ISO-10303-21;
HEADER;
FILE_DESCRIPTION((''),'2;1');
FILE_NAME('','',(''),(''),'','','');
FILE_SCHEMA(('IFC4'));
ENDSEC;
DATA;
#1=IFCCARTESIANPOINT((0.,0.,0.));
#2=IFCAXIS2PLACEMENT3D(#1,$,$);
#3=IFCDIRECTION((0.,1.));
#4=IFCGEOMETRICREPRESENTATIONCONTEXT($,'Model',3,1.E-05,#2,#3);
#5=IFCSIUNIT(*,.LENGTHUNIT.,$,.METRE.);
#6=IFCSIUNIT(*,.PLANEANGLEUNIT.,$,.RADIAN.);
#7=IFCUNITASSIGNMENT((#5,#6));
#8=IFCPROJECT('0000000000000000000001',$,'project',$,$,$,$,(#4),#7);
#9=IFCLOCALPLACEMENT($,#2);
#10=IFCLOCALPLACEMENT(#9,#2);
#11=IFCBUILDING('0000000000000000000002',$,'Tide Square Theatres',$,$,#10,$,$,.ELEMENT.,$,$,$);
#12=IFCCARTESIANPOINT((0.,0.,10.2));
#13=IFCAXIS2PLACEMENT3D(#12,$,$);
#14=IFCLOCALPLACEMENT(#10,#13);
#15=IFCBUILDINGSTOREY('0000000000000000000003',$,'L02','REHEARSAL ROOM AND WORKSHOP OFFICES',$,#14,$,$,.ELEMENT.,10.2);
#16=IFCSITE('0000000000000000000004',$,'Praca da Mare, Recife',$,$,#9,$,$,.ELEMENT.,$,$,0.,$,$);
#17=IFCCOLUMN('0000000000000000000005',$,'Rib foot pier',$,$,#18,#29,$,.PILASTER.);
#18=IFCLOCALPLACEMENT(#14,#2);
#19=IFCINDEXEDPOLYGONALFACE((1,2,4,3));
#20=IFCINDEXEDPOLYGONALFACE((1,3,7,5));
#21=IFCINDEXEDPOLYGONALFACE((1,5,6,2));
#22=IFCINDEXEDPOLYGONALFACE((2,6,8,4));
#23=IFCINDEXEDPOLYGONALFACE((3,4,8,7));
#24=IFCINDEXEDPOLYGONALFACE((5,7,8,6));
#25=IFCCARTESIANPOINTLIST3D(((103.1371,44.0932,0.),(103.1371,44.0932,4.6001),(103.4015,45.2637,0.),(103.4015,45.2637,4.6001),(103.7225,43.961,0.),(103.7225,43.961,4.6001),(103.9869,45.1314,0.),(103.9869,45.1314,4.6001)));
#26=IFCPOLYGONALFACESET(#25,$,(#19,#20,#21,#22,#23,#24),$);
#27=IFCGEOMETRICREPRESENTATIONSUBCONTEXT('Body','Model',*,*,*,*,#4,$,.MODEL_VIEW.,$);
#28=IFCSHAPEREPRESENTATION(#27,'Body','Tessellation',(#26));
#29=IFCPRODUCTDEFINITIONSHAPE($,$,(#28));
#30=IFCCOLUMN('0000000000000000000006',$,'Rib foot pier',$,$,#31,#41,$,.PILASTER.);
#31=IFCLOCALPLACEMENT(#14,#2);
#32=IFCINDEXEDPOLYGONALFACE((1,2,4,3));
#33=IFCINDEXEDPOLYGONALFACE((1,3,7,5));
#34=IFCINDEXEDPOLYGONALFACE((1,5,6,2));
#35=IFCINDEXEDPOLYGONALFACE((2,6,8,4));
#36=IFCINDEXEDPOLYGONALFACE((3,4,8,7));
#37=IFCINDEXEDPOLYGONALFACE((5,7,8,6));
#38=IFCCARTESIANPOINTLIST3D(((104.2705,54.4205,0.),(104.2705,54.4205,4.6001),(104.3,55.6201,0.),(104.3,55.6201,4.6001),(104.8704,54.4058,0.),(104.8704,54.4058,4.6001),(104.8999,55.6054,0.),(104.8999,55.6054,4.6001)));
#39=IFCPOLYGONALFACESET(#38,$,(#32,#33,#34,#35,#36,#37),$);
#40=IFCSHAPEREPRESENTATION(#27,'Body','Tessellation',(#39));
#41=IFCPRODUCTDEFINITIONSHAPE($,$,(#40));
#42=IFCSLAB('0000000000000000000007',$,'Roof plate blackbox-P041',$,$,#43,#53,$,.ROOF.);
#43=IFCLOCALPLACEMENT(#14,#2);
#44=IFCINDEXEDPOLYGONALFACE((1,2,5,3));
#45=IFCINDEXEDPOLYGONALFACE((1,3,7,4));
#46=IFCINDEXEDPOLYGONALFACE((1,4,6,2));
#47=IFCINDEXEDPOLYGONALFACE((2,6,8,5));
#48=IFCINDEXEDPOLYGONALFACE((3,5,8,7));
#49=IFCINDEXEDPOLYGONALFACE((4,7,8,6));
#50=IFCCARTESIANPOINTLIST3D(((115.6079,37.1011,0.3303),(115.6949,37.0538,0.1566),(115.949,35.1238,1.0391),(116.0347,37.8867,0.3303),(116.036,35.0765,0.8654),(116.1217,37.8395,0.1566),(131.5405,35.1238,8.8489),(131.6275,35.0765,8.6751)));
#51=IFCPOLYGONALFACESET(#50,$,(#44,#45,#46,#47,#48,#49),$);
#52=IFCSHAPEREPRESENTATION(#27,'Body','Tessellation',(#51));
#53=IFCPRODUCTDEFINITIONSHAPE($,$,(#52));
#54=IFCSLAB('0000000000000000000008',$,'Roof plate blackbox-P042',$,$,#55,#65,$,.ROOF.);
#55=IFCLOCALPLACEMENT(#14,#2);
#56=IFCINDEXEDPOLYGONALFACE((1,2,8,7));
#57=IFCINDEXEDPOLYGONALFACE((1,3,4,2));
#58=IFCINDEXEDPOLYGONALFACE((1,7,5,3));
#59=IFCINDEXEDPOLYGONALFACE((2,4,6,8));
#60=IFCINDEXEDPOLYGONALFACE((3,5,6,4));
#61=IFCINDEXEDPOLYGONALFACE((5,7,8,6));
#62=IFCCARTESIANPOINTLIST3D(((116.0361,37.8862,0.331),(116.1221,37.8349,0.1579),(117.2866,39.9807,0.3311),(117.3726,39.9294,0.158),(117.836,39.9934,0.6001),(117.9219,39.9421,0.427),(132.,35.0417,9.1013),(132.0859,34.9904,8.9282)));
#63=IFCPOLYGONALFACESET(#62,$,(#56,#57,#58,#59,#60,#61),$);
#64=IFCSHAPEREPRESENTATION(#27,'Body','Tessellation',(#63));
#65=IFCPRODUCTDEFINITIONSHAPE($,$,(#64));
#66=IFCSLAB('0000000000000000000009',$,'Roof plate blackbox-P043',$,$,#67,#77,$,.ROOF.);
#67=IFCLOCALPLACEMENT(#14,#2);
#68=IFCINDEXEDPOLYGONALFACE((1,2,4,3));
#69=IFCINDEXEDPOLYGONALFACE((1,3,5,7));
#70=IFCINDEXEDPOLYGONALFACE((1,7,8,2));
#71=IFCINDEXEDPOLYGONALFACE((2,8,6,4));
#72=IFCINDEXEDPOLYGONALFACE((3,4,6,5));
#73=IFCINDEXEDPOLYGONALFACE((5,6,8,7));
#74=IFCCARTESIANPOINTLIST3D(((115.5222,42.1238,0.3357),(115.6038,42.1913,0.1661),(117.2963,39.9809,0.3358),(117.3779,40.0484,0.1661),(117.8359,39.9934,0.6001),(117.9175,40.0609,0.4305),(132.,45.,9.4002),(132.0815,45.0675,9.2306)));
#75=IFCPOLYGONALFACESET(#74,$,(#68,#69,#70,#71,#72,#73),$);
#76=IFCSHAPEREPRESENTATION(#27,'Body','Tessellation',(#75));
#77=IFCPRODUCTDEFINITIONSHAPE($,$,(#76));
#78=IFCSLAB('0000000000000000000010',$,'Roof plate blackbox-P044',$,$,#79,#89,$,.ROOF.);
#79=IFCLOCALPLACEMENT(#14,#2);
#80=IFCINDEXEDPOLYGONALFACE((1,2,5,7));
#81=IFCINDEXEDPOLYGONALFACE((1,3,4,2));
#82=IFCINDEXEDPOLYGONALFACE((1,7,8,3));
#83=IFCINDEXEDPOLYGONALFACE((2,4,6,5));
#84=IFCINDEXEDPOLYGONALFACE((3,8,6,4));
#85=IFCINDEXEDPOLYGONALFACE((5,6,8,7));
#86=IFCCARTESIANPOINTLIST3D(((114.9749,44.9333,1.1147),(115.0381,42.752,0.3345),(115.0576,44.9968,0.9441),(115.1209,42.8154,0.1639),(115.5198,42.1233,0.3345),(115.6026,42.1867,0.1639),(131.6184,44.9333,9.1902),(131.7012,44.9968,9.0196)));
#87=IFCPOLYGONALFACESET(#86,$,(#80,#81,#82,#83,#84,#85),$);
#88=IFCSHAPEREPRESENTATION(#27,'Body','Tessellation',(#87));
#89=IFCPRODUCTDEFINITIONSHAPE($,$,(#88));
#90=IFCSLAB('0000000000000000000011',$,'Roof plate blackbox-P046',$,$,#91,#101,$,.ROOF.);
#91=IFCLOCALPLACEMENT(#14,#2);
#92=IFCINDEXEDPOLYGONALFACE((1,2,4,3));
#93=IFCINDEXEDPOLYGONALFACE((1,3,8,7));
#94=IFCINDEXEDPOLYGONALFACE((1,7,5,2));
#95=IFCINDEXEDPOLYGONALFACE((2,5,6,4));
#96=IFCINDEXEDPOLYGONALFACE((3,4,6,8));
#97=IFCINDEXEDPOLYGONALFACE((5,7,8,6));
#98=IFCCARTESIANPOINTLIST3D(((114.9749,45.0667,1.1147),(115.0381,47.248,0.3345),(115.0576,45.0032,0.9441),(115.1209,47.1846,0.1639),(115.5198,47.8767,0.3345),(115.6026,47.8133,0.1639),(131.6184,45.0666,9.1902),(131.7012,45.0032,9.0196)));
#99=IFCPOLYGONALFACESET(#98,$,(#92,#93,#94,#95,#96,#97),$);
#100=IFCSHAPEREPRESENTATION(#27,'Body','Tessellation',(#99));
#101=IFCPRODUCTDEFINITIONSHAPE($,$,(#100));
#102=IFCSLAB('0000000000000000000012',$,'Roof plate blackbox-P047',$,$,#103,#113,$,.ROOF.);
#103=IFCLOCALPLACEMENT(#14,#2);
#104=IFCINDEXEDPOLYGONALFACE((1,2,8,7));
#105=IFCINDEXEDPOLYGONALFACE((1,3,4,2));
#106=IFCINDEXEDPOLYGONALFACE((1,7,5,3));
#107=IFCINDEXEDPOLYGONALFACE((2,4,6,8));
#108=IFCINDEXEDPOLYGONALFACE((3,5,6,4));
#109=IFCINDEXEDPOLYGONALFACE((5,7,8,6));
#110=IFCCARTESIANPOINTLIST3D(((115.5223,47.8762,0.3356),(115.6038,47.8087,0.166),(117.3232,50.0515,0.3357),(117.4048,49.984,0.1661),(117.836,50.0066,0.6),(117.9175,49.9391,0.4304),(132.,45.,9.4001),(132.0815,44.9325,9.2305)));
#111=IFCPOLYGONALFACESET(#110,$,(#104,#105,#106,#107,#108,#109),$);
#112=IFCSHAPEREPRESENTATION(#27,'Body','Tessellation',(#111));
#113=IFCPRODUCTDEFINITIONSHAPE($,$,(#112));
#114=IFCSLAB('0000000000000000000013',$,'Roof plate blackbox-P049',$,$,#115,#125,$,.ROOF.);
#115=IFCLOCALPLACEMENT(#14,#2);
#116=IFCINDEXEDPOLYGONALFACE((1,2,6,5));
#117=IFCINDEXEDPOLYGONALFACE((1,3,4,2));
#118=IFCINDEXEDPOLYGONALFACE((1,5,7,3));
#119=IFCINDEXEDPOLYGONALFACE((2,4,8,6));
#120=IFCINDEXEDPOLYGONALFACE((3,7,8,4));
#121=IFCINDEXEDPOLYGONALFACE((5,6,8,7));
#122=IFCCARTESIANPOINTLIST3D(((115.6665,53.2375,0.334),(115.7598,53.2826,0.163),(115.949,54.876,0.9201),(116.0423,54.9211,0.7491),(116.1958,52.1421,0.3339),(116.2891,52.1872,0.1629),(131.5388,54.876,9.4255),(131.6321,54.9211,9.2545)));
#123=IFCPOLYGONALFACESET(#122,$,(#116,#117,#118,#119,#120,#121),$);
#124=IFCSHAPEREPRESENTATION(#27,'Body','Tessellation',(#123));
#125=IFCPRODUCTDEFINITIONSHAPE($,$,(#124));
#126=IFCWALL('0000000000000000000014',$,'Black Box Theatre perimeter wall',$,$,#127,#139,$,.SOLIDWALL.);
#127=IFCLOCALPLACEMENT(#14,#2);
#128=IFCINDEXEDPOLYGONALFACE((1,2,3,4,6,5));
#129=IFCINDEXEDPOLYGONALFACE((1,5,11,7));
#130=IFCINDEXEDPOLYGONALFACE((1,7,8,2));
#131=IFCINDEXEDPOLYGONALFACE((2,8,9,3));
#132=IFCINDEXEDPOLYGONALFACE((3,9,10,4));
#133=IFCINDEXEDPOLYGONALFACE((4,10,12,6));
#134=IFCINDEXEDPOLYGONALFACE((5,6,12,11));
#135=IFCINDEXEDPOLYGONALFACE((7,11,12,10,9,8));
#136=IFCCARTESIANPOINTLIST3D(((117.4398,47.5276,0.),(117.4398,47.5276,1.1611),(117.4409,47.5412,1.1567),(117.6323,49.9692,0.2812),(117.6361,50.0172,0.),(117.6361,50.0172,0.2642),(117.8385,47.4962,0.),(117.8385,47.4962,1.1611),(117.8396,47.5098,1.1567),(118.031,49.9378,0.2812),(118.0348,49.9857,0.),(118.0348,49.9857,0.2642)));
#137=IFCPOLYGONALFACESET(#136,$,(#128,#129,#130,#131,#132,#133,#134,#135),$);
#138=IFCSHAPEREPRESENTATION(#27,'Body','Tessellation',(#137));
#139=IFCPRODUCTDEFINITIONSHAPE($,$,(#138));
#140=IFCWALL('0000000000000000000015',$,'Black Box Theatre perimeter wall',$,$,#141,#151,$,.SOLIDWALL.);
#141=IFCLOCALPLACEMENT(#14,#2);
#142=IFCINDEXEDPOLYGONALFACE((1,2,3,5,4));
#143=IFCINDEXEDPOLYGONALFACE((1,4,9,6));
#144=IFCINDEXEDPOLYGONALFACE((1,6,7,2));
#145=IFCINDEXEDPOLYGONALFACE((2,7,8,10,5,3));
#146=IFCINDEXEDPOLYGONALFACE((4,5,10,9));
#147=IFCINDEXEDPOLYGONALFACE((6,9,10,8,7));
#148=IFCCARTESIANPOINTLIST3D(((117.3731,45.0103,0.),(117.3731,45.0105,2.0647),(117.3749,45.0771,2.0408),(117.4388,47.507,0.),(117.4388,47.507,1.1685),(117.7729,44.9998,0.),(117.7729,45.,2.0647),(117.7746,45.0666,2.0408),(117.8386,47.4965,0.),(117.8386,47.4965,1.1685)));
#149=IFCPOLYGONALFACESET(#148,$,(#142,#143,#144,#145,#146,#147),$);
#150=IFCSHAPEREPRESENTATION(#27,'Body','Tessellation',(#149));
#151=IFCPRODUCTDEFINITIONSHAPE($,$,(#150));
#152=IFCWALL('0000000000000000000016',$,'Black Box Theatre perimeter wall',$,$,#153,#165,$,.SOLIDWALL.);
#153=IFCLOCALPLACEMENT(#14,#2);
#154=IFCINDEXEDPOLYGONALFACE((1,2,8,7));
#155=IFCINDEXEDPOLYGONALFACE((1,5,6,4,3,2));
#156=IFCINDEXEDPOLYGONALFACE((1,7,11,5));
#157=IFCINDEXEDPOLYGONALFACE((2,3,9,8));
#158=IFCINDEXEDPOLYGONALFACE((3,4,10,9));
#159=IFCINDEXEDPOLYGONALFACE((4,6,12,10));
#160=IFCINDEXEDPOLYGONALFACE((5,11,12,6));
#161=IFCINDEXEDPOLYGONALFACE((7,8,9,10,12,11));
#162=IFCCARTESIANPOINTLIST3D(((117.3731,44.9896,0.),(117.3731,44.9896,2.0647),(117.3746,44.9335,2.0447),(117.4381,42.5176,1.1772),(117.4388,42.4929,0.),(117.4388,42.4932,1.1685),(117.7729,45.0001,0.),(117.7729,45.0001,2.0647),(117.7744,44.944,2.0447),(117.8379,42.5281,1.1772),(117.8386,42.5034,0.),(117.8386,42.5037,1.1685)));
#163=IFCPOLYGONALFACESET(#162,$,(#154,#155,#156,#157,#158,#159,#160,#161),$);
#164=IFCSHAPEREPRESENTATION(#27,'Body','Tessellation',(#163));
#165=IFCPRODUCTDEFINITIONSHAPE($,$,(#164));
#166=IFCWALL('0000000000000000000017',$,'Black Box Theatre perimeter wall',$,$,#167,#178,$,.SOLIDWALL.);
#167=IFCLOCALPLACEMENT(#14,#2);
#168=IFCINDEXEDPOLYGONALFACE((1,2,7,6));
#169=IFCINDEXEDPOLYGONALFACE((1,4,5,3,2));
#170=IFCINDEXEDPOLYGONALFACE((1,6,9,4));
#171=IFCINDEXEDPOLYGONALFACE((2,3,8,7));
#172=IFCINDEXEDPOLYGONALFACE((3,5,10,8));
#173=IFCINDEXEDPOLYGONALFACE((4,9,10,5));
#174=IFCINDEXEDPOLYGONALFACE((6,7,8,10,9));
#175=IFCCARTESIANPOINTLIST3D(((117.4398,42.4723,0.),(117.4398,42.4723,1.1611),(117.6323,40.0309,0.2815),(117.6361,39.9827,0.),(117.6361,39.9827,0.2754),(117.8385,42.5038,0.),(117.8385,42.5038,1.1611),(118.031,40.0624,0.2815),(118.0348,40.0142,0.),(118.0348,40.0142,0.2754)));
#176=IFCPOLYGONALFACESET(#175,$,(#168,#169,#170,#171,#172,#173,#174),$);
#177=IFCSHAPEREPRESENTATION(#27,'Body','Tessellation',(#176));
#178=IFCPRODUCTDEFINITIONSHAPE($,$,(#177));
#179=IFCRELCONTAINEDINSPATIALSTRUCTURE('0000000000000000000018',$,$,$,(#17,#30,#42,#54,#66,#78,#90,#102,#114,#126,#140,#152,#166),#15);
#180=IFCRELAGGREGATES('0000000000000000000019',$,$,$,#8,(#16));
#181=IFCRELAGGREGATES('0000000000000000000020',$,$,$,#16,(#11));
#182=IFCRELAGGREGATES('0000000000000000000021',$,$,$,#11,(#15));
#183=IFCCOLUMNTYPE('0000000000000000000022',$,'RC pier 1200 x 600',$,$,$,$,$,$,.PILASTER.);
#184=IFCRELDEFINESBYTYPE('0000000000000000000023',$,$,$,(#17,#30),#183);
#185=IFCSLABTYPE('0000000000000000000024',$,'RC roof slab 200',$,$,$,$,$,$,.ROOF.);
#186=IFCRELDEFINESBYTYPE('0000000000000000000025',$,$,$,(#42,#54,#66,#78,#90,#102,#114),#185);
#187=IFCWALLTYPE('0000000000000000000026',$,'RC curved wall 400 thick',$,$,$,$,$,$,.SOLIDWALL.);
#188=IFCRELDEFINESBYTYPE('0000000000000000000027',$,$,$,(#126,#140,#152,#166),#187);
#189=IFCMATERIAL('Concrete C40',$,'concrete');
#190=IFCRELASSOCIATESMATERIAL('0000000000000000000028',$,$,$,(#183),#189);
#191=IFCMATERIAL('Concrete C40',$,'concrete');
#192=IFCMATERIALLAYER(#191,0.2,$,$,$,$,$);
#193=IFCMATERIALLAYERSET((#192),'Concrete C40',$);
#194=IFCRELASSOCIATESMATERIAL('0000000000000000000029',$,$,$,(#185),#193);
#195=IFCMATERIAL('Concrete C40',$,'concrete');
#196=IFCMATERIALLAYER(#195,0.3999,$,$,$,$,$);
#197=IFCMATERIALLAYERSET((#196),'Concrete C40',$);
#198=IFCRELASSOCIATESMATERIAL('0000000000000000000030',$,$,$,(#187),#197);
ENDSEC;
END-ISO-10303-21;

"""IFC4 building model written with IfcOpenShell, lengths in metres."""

from ifc_helpers import new_model, si_unit, direction, frame, origin, origin_2d, place, context, subcontext, project, spatial, polyline, rectangle, outline, extrude, material, layer, layer_set, material_profile, profile_set, type_object, element, save


model = new_model("IFC4")

# Units and contexts
model_context = context("Model", 3, precision=1e-05, world=origin(), true_north=direction((0.0, 1.0)))
body_context = subcontext(model_context, "Body", "Model", "MODEL_VIEW")
ifc_project = project(units=[si_unit("LENGTHUNIT", "METRE"), si_unit("PLANEANGLEUNIT", "RADIAN")], contexts=[model_context])

# Site, building, storey
site_placement = place(None, origin())
site = spatial("IfcSite", under=ifc_project, at=site_placement, Name="Praca da Mare, Recife", CompositionType="ELEMENT", RefElevation=0.0)
building_placement = place(site_placement, origin())
building = spatial("IfcBuilding", under=site, at=building_placement, Name="Tide Square Theatres", CompositionType="ELEMENT")
storey_placement = place(building_placement, frame((0.0, 0.0, 10.2)))
storey = spatial("IfcBuildingStorey", under=building, at=storey_placement, Name="L02", Description="REHEARSAL ROOM AND WORKSHOP OFFICES", CompositionType="ELEMENT", Elevation=10.2)

# Columns
ifc_material_1 = material(Name="Concrete C40", Category="concrete")
ifc_material_profile = material_profile(ifc_material_1, rectangle(XDim=1.2, YDim=0.6001, at=origin_2d()))
ifc_profile_set = profile_set([ifc_material_profile], Name="Concrete C40")
column_type = type_object("IfcColumnType", Name="RC pier 1200 x 600", PredefinedType="PILASTER", material=ifc_profile_set)
for number, where, z_axis, x_axis, name in (
    (1, (103.562, 44.6123, 0.0), (0.0, 0.0, 1.0), (0.220357, 0.975419, 0.0), "Rib foot pier"),
    (2, (104.5852, 55.0129, 0.0), (0.0, 0.0, 1.0), (0.024572, 0.999698, 0.0), "Rib foot pier"),
):
    element("IfcColumn", number, at=place(storey_placement, frame(where, z_axis=z_axis, x_axis=x_axis)), inside=storey, type_object=column_type, Name=name, PredefinedType="PILASTER", context=body_context, shape_type="SweptSolid", body=[
        extrude(rectangle(XDim=1.2, YDim=0.6001, at=origin_2d()), origin(), (0.0, 0.0, 1.0), 4.6001),
    ])

# Slabs
ifc_material_2 = material(Name="Concrete C40", Category="concrete")
ifc_layer_1 = layer(ifc_material_2, 0.2)
ifc_layer_set_1 = layer_set([ifc_layer_1], Name="Concrete C40")
slab_type = type_object("IfcSlabType", Name="RC roof slab 200", PredefinedType="ROOF", material=ifc_layer_set_1)
slab_1_placement = place(storey_placement, frame((116.0347, 37.8867, 0.3303), z_axis=(-0.435167, 0.236352, 0.868773), x_axis=(-0.47731, -0.878735, -0.000022)))
element("IfcSlab", 3, at=slab_1_placement, inside=storey, type_object=slab_type, Name="Roof plate blackbox-P041", PredefinedType="ROOF", context=body_context, shape_type="SweptSolid", body=[
    extrude(outline(polyline([(0.0, 0.0), (0.8941, 0.0), (2.4688, 1.4313), (-4.9734, 17.2016), (0.0, 0.0)])), origin(), (0.0, 0.0, -1.0), 0.2),
])
slab_2_placement = place(storey_placement, frame((117.2866, 39.9807, 0.3311), z_axis=(-0.429855, 0.256625, 0.865661), x_axis=(-0.51262, -0.858616, -0.000011)))
element("IfcSlab", 4, at=slab_2_placement, inside=storey, type_object=slab_type, Name="Roof plate blackbox-P042", PredefinedType="ROOF", context=body_context, shape_type="SweptSolid", body=[
    extrude(outline(polyline([(0.0, 0.0), (2.4394, 0.0), (-3.3018, 17.5183), (-0.2925, 0.5373), (0.0, 0.0)])), origin(), (0.0, 0.0, -1.0), 0.2),
])
slab_3_placement = place(storey_placement, frame((117.8359, 39.9934, 0.6001), z_axis=(-0.407779, -0.337579, 0.848385), x_axis=(0.813531, 0.287559, 0.505448)))
element("IfcSlab", 5, at=slab_3_placement, inside=storey, type_object=slab_type, Name="Roof plate blackbox-P043", PredefinedType="ROOF", context=body_context, shape_type="SweptSolid", body=[
    extrude(outline(polyline([(0.0, 0.0), (17.4106, 0.0), (-1.4033, 2.8271), (-0.5762, 0.1709), (0.0, 0.0)])), origin(), (0.0, 0.0, -1.0), 0.2),
])
slab_4_placement = place(storey_placement, frame((115.0381, 42.752, 0.3345), z_axis=(-0.413986, -0.317197, 0.85323), x_axis=(0.608203, -0.793781, 0.000003)))
element("IfcSlab", 6, at=slab_4_placement, inside=storey, type_object=slab_type, Name="Roof plate blackbox-P044", PredefinedType="ROOF", context=body_context, shape_type="SweptSolid", body=[
    extrude(outline(polyline([(0.0, 0.0), (0.792, 0.0), (8.3527, 16.98), (-1.77, 1.4961), (0.0, 0.0)])), origin(), (0.0, 0.0, -1.0), 0.2),
])
slab_5_placement = place(storey_placement, frame((115.5198, 47.8767, 0.3345), z_axis=(-0.413986, 0.317197, 0.85323), x_axis=(-0.608203, -0.793781, -0.000003)))
element("IfcSlab", 7, at=slab_5_placement, inside=storey, type_object=slab_type, Name="Roof plate blackbox-P046", PredefinedType="ROOF", context=body_context, shape_type="SweptSolid", body=[
    extrude(outline(polyline([(0.0, 0.0), (0.792, 0.0), (2.562, 1.4961), (-7.5607, 16.98), (0.0, 0.0)])), origin(), (0.0, 0.0, -1.0), 0.2),
])
slab_6_placement = place(storey_placement, frame((117.3232, 50.0515, 0.3357), z_axis=(-0.407778, 0.337579, 0.848385), x_axis=(-0.63772, -0.770268, -0.000026)))
element("IfcSlab", 8, at=slab_6_placement, inside=storey, type_object=slab_type, Name="Roof plate blackbox-P047", PredefinedType="ROOF", context=body_context, shape_type="SweptSolid", body=[
    extrude(outline(polyline([(0.0, 0.0), (2.8241, 0.0), (-5.4689, 17.1225), (-0.2924, 0.4993), (0.0, 0.0)])), origin(), (0.0, 0.0, -1.0), 0.2),
])
slab_7_placement = place(storey_placement, frame((115.6665, 53.2375, 0.334), z_axis=(-0.466598, -0.225501, 0.85524), x_axis=(0.435074, -0.900394, -0.000041)))
element("IfcSlab", 9, at=slab_7_placement, inside=storey, type_object=slab_type, Name="Roof plate blackbox-P049", PredefinedType="ROOF", context=body_context, shape_type="SweptSolid", body=[
    extrude(outline(polyline([(0.0, 0.0), (1.2166, 0.0), (5.43, 17.5438), (-1.3524, 1.1309), (0.0, 0.0)])), origin(), (0.0, 0.0, -1.0), 0.2),
])

# Walls
ifc_material_3 = material(Name="Concrete C40", Category="concrete")
ifc_layer_2 = layer(ifc_material_3, 0.3999)
ifc_layer_set_2 = layer_set([ifc_layer_2], Name="Concrete C40")
wall_type_1 = type_object("IfcWallType", Name="RC curved wall 400 thick", PredefinedType="SOLIDWALL", material=ifc_layer_set_2)
wall_1_placement = place(storey_placement, frame((117.8354, 50.0015, 0.0), z_axis=(0.0, 0.0, 1.0), x_axis=(-0.078603, -0.996906, 0.0)))
element("IfcWall", 10, at=wall_1_placement, inside=storey, type_object=wall_type_1, Name="Black Box Theatre perimeter wall", PredefinedType="SOLIDWALL", context=body_context, shape_type="SweptSolid", body=[
    extrude(outline(polyline([(0.0, 0.0), (2.4973, 0.0), (2.4973, 1.1611), (2.4836, 1.1567), (0.0481, 0.2812), (0.0, 0.2642), (0.0, 0.0)])), frame((0.0, 0.2, 0.0), z_axis=(0.0, -1.0, 0.0), x_axis=(1.0, 0.0, 0.0)), (0.0, 0.0, 1.0), 0.3999),
])
wall_2_placement = place(storey_placement, frame((117.6387, 47.5017, 0.0), z_axis=(0.0, 0.0, 1.0), x_axis=(-0.026296, -0.999654, 0.0)))
element("IfcWall", 11, at=wall_2_placement, inside=storey, type_object=wall_type_1, Name="Black Box Theatre perimeter wall", PredefinedType="SOLIDWALL", context=body_context, shape_type="SweptSolid", body=[
    extrude(outline(polyline([(0.0, 0.0), (2.4976, 0.0), (2.4973, 2.0647), (2.4307, 2.0408), (0.0, 1.1685), (0.0, 0.0)])), frame((0.0, 0.2, 0.0), z_axis=(0.0, -1.0, 0.0), x_axis=(1.0, 0.0, 0.0)), (0.0, 0.0, 1.0), 0.3999),
])
wall_3_placement = place(storey_placement, frame((117.573, 44.9949, 0.0), z_axis=(0.0, 0.0, 1.0), x_axis=(0.026296, -0.999654, 0.0)))
element("IfcWall", 12, at=wall_3_placement, inside=storey, type_object=wall_type_1, Name="Black Box Theatre perimeter wall", PredefinedType="SOLIDWALL", context=body_context, shape_type="SweptSolid", body=[
    extrude(outline(polyline([(0.0, 0.0), (2.4976, 0.0), (2.4973, 1.1685), (2.4729, 1.1772), (0.0562, 2.0447), (0.0, 2.0647), (0.0, 0.0)])), frame((0.0, 0.2, 0.0), z_axis=(0.0, -1.0, 0.0), x_axis=(1.0, 0.0, 0.0)), (0.0, 0.0, 1.0), 0.3999),
])
wall_4_placement = place(storey_placement, frame((117.6392, 42.488, 0.0), z_axis=(0.0, 0.0, 1.0), x_axis=(0.078603, -0.996906, 0.0)))
element("IfcWall", 13, at=wall_4_placement, inside=storey, type_object=wall_type_1, Name="Black Box Theatre perimeter wall", PredefinedType="SOLIDWALL", context=body_context, shape_type="SweptSolid", body=[
    extrude(outline(polyline([(0.0, 0.0), (2.4973, 0.0), (2.4973, 0.2754), (2.449, 0.2815), (0.0, 1.1611), (0.0, 0.0)])), frame((0.0, 0.2, 0.0), z_axis=(0.0, -1.0, 0.0), x_axis=(1.0, 0.0, 0.0)), (0.0, 0.0, 1.0), 0.3999),
])

save(model, "model.ifc")
